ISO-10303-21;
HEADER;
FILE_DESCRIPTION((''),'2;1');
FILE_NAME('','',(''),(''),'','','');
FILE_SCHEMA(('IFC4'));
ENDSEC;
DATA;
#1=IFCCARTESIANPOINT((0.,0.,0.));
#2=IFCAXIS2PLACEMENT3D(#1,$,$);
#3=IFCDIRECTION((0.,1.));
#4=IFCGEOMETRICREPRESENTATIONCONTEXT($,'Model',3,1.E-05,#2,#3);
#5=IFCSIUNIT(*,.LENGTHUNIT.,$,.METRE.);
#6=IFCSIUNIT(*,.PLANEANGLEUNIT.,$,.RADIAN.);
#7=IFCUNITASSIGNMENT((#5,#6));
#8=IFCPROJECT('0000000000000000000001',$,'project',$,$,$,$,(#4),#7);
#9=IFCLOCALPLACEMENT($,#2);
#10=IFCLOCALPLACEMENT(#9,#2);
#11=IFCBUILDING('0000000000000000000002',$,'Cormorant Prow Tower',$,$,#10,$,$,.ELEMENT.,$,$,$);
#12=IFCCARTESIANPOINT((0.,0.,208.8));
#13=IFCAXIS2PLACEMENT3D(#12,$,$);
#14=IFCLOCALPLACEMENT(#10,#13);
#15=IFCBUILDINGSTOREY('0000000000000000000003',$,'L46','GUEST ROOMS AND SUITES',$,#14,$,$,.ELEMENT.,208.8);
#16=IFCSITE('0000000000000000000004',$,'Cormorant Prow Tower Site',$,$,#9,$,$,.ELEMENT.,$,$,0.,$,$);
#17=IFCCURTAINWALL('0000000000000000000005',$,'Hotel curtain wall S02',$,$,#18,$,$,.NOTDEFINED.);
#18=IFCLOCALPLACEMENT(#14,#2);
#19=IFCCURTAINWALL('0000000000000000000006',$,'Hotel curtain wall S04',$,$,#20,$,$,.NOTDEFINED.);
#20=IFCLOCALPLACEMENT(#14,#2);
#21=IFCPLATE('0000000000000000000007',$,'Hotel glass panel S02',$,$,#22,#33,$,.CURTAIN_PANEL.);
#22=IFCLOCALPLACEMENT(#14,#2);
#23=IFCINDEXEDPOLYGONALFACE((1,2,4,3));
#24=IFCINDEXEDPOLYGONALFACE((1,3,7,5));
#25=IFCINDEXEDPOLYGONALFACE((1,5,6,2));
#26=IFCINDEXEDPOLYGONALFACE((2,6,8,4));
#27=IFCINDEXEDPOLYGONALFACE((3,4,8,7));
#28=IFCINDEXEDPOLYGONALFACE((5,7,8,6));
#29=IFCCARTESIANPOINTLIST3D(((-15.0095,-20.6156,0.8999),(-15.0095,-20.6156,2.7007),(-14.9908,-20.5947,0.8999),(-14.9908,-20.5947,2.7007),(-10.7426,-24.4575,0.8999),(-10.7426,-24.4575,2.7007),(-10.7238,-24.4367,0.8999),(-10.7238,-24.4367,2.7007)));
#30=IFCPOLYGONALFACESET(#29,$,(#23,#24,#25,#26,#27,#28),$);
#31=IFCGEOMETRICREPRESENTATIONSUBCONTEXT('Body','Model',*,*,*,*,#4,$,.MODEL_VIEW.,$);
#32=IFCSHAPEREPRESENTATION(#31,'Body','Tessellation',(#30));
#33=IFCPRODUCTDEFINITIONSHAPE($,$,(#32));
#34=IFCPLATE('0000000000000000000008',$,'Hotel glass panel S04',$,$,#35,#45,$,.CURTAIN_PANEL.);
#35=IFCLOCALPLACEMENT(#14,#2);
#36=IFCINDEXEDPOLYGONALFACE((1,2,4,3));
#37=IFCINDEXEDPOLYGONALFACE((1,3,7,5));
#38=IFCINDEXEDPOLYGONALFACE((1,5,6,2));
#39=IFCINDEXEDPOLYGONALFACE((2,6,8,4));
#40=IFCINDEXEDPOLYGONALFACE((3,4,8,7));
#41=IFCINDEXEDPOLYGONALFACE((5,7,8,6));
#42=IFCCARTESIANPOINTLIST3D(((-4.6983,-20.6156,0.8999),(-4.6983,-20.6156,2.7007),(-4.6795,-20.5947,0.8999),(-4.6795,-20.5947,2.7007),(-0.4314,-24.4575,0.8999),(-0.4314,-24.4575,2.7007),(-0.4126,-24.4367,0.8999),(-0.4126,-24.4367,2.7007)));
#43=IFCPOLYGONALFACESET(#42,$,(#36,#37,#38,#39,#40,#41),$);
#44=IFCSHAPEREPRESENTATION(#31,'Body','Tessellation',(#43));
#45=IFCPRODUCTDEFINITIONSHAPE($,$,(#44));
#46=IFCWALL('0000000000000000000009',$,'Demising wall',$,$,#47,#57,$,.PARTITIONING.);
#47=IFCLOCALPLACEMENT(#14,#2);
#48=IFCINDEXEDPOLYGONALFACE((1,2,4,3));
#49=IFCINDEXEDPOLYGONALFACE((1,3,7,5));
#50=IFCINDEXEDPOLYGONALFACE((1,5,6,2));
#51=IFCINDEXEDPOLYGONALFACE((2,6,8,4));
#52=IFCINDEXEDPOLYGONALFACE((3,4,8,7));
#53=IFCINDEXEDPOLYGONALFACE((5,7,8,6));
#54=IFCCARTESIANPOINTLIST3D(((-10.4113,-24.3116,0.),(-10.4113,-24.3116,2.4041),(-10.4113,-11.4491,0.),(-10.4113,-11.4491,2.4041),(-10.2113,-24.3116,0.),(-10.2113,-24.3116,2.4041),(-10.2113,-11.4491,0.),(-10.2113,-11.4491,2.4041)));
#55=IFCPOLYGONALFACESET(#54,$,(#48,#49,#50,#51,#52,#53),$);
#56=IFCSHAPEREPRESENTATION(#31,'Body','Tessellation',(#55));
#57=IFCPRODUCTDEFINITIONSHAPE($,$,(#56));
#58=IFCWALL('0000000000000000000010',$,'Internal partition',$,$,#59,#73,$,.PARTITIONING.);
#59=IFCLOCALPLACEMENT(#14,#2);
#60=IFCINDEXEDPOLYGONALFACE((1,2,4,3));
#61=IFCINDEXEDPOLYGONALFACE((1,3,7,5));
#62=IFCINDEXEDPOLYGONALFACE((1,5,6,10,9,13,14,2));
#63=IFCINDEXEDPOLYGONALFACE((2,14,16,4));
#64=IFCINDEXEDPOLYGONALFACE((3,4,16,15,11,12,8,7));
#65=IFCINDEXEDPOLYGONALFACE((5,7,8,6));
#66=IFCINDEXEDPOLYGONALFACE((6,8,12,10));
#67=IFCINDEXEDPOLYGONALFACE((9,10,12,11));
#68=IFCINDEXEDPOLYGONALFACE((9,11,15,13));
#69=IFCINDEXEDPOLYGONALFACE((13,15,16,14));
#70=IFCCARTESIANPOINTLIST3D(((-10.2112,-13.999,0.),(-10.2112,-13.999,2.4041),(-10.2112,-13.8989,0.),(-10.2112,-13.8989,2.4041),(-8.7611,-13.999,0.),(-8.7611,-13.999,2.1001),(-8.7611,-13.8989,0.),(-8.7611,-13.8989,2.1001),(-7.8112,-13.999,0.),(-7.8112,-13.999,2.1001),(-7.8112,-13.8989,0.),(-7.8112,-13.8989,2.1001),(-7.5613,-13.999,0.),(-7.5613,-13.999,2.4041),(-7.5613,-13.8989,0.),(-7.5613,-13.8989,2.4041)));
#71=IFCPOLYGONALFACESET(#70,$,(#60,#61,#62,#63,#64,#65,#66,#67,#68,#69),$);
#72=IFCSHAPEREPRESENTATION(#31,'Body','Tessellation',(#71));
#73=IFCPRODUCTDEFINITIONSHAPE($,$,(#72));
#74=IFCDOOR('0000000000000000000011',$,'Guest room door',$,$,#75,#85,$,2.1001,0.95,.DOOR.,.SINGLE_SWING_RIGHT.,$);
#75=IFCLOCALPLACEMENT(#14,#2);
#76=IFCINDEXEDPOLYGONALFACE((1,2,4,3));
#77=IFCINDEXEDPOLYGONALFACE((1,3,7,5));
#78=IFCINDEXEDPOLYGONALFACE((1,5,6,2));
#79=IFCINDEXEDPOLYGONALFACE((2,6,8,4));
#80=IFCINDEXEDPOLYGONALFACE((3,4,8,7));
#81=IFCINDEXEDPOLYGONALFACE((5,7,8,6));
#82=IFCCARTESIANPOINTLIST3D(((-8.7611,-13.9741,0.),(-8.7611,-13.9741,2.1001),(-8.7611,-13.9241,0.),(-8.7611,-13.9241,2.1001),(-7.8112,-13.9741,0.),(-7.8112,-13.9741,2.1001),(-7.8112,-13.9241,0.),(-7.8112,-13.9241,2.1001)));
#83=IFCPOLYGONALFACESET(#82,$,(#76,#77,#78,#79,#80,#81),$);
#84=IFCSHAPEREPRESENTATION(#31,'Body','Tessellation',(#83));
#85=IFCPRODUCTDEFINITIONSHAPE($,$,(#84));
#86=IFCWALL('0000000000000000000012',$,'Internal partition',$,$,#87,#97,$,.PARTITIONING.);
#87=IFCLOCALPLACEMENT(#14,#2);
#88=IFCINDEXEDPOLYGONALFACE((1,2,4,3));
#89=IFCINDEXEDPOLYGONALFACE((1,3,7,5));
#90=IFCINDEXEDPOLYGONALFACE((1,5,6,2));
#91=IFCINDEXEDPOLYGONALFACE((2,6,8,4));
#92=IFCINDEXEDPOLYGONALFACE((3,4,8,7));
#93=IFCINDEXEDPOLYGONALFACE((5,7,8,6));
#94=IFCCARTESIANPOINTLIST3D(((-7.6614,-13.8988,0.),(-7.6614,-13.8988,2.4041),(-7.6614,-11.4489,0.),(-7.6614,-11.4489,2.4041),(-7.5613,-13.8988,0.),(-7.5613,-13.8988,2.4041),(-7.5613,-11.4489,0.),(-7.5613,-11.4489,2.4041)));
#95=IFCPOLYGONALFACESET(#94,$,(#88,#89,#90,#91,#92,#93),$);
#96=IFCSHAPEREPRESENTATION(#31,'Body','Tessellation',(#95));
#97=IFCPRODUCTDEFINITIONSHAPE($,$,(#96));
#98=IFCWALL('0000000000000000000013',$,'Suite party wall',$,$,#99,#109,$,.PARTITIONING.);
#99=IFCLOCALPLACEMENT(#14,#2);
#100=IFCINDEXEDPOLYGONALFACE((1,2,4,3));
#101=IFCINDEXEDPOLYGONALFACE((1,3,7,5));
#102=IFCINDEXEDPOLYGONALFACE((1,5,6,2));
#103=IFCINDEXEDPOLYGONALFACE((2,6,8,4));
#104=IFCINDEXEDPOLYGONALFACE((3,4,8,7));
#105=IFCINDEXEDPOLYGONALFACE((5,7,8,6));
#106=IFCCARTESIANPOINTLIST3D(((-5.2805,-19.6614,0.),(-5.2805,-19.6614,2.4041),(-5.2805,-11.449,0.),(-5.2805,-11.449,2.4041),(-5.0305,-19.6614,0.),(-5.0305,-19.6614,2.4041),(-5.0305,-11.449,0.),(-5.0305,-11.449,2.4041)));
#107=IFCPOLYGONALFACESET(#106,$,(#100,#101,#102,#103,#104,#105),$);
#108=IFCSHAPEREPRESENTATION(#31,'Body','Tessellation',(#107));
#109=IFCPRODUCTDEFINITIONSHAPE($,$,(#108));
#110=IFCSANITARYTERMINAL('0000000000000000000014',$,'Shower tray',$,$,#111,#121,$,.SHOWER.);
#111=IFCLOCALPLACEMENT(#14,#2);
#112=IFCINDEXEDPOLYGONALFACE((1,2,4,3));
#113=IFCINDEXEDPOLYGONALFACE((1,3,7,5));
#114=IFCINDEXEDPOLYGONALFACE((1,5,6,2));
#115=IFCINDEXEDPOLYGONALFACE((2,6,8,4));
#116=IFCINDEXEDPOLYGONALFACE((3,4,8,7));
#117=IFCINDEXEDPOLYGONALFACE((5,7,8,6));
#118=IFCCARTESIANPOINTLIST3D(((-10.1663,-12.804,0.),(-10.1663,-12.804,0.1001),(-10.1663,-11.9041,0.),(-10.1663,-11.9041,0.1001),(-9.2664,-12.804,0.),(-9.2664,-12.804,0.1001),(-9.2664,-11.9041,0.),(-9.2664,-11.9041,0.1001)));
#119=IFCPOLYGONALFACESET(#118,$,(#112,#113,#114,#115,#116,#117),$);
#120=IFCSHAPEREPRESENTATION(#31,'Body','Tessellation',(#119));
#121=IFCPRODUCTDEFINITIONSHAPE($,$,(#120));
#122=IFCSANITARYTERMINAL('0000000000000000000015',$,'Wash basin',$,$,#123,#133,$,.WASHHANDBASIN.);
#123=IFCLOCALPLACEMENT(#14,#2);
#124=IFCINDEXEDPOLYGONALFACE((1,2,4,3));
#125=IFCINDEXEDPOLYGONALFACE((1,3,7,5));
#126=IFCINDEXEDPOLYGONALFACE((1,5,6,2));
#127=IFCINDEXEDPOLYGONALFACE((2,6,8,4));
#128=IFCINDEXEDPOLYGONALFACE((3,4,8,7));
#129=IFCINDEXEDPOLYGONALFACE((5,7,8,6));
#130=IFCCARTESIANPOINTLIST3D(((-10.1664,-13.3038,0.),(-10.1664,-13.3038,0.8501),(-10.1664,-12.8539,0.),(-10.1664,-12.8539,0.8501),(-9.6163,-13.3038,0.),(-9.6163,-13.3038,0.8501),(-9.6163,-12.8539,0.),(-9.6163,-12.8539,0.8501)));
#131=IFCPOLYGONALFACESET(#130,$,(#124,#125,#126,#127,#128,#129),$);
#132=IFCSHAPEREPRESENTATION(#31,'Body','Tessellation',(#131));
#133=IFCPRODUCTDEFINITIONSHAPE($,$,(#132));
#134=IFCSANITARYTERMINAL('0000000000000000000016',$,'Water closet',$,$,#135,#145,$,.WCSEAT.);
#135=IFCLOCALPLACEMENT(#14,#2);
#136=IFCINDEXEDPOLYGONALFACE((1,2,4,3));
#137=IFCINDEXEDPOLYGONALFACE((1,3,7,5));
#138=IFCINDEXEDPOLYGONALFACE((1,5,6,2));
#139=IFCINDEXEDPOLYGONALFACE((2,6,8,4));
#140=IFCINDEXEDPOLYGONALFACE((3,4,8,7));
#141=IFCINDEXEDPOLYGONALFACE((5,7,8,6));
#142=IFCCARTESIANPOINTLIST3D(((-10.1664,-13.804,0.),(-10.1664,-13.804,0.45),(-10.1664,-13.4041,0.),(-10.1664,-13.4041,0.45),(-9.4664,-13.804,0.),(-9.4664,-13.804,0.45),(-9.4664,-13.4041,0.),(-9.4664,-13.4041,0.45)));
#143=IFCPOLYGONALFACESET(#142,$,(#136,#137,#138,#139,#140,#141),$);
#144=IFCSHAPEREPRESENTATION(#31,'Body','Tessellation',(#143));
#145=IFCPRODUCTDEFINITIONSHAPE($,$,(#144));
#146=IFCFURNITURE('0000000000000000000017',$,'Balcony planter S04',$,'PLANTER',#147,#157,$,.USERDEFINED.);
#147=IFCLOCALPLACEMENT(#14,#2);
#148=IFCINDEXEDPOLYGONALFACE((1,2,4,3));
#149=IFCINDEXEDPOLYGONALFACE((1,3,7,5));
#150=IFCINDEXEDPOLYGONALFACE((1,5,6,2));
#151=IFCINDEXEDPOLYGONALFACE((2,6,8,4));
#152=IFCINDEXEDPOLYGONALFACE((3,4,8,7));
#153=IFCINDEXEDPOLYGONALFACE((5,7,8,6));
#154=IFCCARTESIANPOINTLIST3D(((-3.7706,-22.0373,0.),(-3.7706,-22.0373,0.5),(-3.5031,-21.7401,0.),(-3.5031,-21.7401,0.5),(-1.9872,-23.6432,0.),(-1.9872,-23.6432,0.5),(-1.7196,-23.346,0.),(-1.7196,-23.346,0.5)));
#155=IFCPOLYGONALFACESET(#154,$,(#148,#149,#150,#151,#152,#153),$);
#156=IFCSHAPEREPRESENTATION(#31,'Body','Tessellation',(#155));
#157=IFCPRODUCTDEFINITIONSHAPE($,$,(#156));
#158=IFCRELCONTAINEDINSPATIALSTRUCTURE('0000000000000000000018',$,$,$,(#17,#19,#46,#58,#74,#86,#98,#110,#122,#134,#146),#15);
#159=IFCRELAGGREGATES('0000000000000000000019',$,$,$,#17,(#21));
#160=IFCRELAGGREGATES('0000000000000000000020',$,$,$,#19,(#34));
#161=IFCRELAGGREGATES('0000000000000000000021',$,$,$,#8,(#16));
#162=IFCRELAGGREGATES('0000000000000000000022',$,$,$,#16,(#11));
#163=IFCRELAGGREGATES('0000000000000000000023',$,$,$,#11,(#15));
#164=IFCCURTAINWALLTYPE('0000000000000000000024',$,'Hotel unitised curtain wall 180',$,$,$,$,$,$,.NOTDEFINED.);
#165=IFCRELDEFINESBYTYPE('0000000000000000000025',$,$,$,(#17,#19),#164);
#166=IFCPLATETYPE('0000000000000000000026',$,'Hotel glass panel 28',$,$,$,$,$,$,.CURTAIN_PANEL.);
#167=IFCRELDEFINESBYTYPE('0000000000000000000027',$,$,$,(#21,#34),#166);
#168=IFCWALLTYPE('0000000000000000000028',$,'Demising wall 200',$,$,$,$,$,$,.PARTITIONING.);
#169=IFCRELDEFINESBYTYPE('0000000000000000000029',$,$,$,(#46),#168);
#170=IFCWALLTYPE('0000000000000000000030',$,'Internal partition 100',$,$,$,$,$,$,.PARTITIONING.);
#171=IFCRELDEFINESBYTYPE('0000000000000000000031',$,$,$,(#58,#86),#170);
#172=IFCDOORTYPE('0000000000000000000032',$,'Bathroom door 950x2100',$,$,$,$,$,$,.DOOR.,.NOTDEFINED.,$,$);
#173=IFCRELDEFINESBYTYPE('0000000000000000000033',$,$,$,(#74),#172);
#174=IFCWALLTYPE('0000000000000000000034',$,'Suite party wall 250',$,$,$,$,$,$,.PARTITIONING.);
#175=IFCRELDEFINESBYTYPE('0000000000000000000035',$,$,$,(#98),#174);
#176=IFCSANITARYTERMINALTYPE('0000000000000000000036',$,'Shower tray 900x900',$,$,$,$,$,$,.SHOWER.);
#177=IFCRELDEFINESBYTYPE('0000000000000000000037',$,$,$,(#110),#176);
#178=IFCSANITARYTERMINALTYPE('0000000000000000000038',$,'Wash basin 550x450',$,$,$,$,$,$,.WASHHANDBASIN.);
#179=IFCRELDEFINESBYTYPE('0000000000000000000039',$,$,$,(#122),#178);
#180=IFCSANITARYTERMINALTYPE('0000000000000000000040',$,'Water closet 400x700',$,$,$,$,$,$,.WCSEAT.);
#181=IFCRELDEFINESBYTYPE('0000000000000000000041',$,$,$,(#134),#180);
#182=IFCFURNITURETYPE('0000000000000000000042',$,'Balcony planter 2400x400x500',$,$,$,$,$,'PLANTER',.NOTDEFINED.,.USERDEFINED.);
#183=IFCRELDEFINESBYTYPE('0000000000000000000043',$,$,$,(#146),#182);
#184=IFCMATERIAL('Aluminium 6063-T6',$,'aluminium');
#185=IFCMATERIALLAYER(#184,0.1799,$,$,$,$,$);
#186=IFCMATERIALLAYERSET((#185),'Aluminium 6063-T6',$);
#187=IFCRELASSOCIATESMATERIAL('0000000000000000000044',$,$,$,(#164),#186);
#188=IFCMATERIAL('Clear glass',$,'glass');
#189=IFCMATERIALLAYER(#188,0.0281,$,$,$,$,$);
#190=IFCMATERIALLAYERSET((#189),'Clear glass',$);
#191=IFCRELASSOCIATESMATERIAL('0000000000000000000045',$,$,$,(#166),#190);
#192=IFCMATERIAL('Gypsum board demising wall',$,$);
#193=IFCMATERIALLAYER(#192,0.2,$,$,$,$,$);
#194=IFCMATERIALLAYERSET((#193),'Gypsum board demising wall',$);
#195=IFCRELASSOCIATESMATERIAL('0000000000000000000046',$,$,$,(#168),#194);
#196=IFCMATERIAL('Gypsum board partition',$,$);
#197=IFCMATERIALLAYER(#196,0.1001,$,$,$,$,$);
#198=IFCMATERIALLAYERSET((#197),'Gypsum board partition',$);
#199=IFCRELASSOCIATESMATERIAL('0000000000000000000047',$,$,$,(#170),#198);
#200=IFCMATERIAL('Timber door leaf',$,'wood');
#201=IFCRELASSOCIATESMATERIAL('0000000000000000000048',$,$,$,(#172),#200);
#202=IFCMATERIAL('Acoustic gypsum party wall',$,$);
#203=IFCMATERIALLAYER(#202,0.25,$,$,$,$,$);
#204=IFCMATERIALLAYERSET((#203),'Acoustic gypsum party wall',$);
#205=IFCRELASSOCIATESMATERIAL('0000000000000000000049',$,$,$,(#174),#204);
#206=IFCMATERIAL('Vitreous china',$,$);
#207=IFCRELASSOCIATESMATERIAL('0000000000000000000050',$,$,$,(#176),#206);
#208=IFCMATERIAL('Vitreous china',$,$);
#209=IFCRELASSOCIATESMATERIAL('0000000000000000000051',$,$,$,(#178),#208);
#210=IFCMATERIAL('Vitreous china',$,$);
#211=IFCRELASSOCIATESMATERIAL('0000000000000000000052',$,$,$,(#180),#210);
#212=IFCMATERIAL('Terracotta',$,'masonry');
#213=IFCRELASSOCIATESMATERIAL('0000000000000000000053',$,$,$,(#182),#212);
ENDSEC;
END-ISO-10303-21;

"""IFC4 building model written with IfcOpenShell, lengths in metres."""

from ifc_helpers import new_model, si_unit, direction, frame, frame_2d, origin, origin_2d, place, context, subcontext, project, spatial, rectangle, extrude, material, layer, layer_set, type_object, element, fill, aggregate, save


model = new_model("IFC4")

# Units and contexts
model_context = context("Model", 3, precision=1e-05, world=origin(), true_north=direction((0.0, 1.0)))
body_context = subcontext(model_context, "Body", "Model", "MODEL_VIEW")
ifc_project = project(units=[si_unit("LENGTHUNIT", "METRE"), si_unit("PLANEANGLEUNIT", "RADIAN")], contexts=[model_context])

# Site, building, storey
site_placement = place(None, origin())
site = spatial("IfcSite", under=ifc_project, at=site_placement, Name="Cormorant Prow Tower Site", CompositionType="ELEMENT", RefElevation=0.0)
building_placement = place(site_placement, origin())
building = spatial("IfcBuilding", under=site, at=building_placement, Name="Cormorant Prow Tower", CompositionType="ELEMENT")
storey_placement = place(building_placement, frame((0.0, 0.0, 208.8)))
storey = spatial("IfcBuildingStorey", under=building, at=storey_placement, Name="L46", Description="GUEST ROOMS AND SUITES", CompositionType="ELEMENT", Elevation=208.8)

# Curtain walls
ifc_material_1 = material(Name="Aluminium 6063-T6", Category="aluminium")
ifc_layer_1 = layer(ifc_material_1, 0.1799)
ifc_layer_set_1 = layer_set([ifc_layer_1], Name="Aluminium 6063-T6")
curtain_wall_type = type_object("IfcCurtainWallType", Name="Hotel unitised curtain wall 180", PredefinedType="NOTDEFINED", material=ifc_layer_set_1)
curtain_wall_1_placement = place(storey_placement, origin())
curtain_wall_1 = element("IfcCurtainWall", 1, at=curtain_wall_1_placement, inside=storey, type_object=curtain_wall_type, Name="Hotel curtain wall S02", PredefinedType="NOTDEFINED")
curtain_wall_2_placement = place(storey_placement, origin())
curtain_wall_2 = element("IfcCurtainWall", 2, at=curtain_wall_2_placement, inside=storey, type_object=curtain_wall_type, Name="Hotel curtain wall S04", PredefinedType="NOTDEFINED")

# Plates
ifc_material_2 = material(Name="Clear glass", Category="glass")
ifc_layer_2 = layer(ifc_material_2, 0.0281)
ifc_layer_set_2 = layer_set([ifc_layer_2], Name="Clear glass")
plate_type = type_object("IfcPlateType", Name="Hotel glass panel 28", PredefinedType="CURTAIN_PANEL", material=ifc_layer_set_2)
plate_1_placement = place(storey_placement, frame((-12.8667, -22.5261, 0.8999), z_axis=(0.0, 0.0, 1.0), x_axis=(0.743145, -0.669131, 0.0)))
plate_1 = element("IfcPlate", 3, at=plate_1_placement, type_object=plate_type, Name="Hotel glass panel S02", PredefinedType="CURTAIN_PANEL", context=body_context, shape_type="SweptSolid", body=[
    extrude(rectangle(XDim=5.7417, YDim=0.0281, at=origin_2d()), origin(), (0.0, 0.0, 1.0), 1.8008),
])
aggregate(curtain_wall_1, [plate_1])
plate_2_placement = place(storey_placement, frame((-2.5554, -22.5261, 0.8999), z_axis=(0.0, 0.0, 1.0), x_axis=(0.743145, -0.669131, 0.0)))
plate_2 = element("IfcPlate", 4, at=plate_2_placement, type_object=plate_type, Name="Hotel glass panel S04", PredefinedType="CURTAIN_PANEL", context=body_context, shape_type="SweptSolid", body=[
    extrude(rectangle(XDim=5.7417, YDim=0.0281, at=origin_2d()), origin(), (0.0, 0.0, 1.0), 1.8008),
])
aggregate(curtain_wall_2, [plate_2])

# Wall
ifc_material_3 = material(Name="Gypsum board demising wall")
ifc_layer_3 = layer(ifc_material_3, 0.2)
ifc_layer_set_3 = layer_set([ifc_layer_3], Name="Gypsum board demising wall")
wall_type_1 = type_object("IfcWallType", Name="Demising wall 200", PredefinedType="PARTITIONING", material=ifc_layer_set_3)
wall_1_placement = place(storey_placement, frame((-10.3113, -24.3115, 0.0), z_axis=(0.0, 0.0, 1.0), x_axis=(0.0, 1.0, 0.0)))
element("IfcWall", 5, at=wall_1_placement, inside=storey, type_object=wall_type_1, Name="Demising wall", PredefinedType="PARTITIONING", context=body_context, shape_type="SweptSolid", body=[
    extrude(rectangle(XDim=12.8625, YDim=0.2, at=frame_2d((6.4312, 0.0))), origin(), (0.0, 0.0, 1.0), 2.4041),
])

# Wall, opening, door
ifc_material_4 = material(Name="Gypsum board partition")
ifc_layer_4 = layer(ifc_material_4, 0.1001)
ifc_layer_set_4 = layer_set([ifc_layer_4], Name="Gypsum board partition")
wall_type_2 = type_object("IfcWallType", Name="Internal partition 100", PredefinedType="PARTITIONING", material=ifc_layer_set_4)
wall_2_placement = place(storey_placement, frame((-10.2112, -13.949, 0.0), z_axis=(0.0, 0.0, 1.0), x_axis=(1.0, 0.0, 0.0)))
wall_2 = element("IfcWall", 6, at=wall_2_placement, inside=storey, type_object=wall_type_2, Name="Internal partition", PredefinedType="PARTITIONING", context=body_context, shape_type="SweptSolid", body=[
    extrude(rectangle(XDim=2.6499, YDim=0.1001, at=frame_2d((1.325, 0.0))), origin(), (0.0, 0.0, 1.0), 2.4041),
])
opening_1_placement = place(wall_2_placement, frame((1.45, 0.0, 0.0)))
opening_1 = element("IfcOpeningElement", 7, at=opening_1_placement, cuts=wall_2, PredefinedType="OPENING", context=body_context, shape_type="SweptSolid", body=[
    extrude(rectangle(XDim=0.95, YDim=2.1001, at=frame_2d((0.4751, 1.05))), frame((0.0, 0.0601, 0.0), z_axis=(0.0, -1.0, 0.0), x_axis=(1.0, 0.0, 0.0)), (0.0, 0.0, 1.0), 0.1201),
])
ifc_material_5 = material(Name="Timber door leaf", Category="wood")
door_type_1 = type_object("IfcDoorType", Name="Bathroom door 950x2100", OperationType="NOTDEFINED", PredefinedType="DOOR", material=ifc_material_5)
door_1_placement = place(opening_1_placement, origin())
door_1 = element("IfcDoor", 8, at=door_1_placement, inside=storey, type_object=door_type_1, Name="Guest room door", OperationType="SINGLE_SWING_RIGHT", OverallHeight=2.1001, OverallWidth=0.95, PredefinedType="DOOR", context=body_context, shape_type="SweptSolid", body=[
    extrude(rectangle(XDim=0.95, YDim=2.1001, at=frame_2d((0.4751, 1.05))), frame((0.0, 0.0249, 0.0), z_axis=(0.0, -1.0, 0.0), x_axis=(1.0, 0.0, 0.0)), (0.0, 0.0, 1.0), 0.05),
])
fill(opening_1, door_1)

# Walls
wall_3_placement = place(storey_placement, frame((-7.6113, -13.8989, 0.0), z_axis=(0.0, 0.0, 1.0), x_axis=(0.0, 1.0, 0.0)))
element("IfcWall", 9, at=wall_3_placement, inside=storey, type_object=wall_type_2, Name="Internal partition", PredefinedType="PARTITIONING", context=body_context, shape_type="SweptSolid", body=[
    extrude(rectangle(XDim=2.45, YDim=0.1001, at=frame_2d((1.2251, 0.0))), origin(), (0.0, 0.0, 1.0), 2.4041),
])
ifc_material_6 = material(Name="Acoustic gypsum party wall")
ifc_layer_5 = layer(ifc_material_6, 0.25)
ifc_layer_set_5 = layer_set([ifc_layer_5], Name="Acoustic gypsum party wall")
wall_type_3 = type_object("IfcWallType", Name="Suite party wall 250", PredefinedType="PARTITIONING", material=ifc_layer_set_5)
wall_4_placement = place(storey_placement, frame((-5.1555, -19.6614, 0.0), z_axis=(0.0, 0.0, 1.0), x_axis=(0.0, 1.0, 0.0)))
element("IfcWall", 10, at=wall_4_placement, inside=storey, type_object=wall_type_3, Name="Suite party wall", PredefinedType="PARTITIONING", context=body_context, shape_type="SweptSolid", body=[
    extrude(rectangle(XDim=8.2124, YDim=0.25, at=frame_2d((4.1062, 0.0))), origin(), (0.0, 0.0, 1.0), 2.4041),
])

# Sanitary terminals
ifc_material_7 = material(Name="Vitreous china")
sanitary_terminal_type_1 = type_object("IfcSanitaryTerminalType", Name="Shower tray 900x900", PredefinedType="SHOWER", material=ifc_material_7)
sanitary_terminal_1_placement = place(storey_placement, frame((-9.7163, -12.354, 0.0), z_axis=(0.0, 0.0, 1.0), x_axis=(1.0, 0.0, 0.0)))
element("IfcSanitaryTerminal", 11, at=sanitary_terminal_1_placement, inside=storey, type_object=sanitary_terminal_type_1, Name="Shower tray", PredefinedType="SHOWER", context=body_context, shape_type="SweptSolid", body=[
    extrude(rectangle(XDim=0.8999, YDim=0.8999, at=origin_2d()), origin(), (0.0, 0.0, 1.0), 0.1001),
])
ifc_material_8 = material(Name="Vitreous china")
sanitary_terminal_type_2 = type_object("IfcSanitaryTerminalType", Name="Wash basin 550x450", PredefinedType="WASHHANDBASIN", material=ifc_material_8)
sanitary_terminal_2_placement = place(storey_placement, frame((-9.8914, -13.0789, 0.0), z_axis=(0.0, 0.0, 1.0), x_axis=(1.0, 0.0, 0.0)))
element("IfcSanitaryTerminal", 12, at=sanitary_terminal_2_placement, inside=storey, type_object=sanitary_terminal_type_2, Name="Wash basin", PredefinedType="WASHHANDBASIN", context=body_context, shape_type="SweptSolid", body=[
    extrude(rectangle(XDim=0.55, YDim=0.45, at=origin_2d()), origin(), (0.0, 0.0, 1.0), 0.8501),
])
ifc_material_9 = material(Name="Vitreous china")
sanitary_terminal_type_3 = type_object("IfcSanitaryTerminalType", Name="Water closet 400x700", PredefinedType="WCSEAT", material=ifc_material_9)
sanitary_terminal_3_placement = place(storey_placement, frame((-9.8164, -13.604, 0.0), z_axis=(0.0, 0.0, 1.0), x_axis=(0.0, 1.0, 0.0)))
element("IfcSanitaryTerminal", 13, at=sanitary_terminal_3_placement, inside=storey, type_object=sanitary_terminal_type_3, Name="Water closet", PredefinedType="WCSEAT", context=body_context, shape_type="SweptSolid", body=[
    extrude(rectangle(XDim=0.3999, YDim=0.7, at=origin_2d()), origin(), (0.0, 0.0, 1.0), 0.45),
])

# Furniture
ifc_material_10 = material(Name="Terracotta", Category="masonry")
furniture_type = type_object("IfcFurnitureType", Name="Balcony planter 2400x400x500", ElementType="PLANTER", AssemblyPlace="NOTDEFINED", PredefinedType="USERDEFINED", material=ifc_material_10)
furniture_placement = place(storey_placement, frame((-2.7451, -22.6917, 0.0), z_axis=(0.0, 0.0, 1.0), x_axis=(0.743145, -0.669131, 0.0)))
element("IfcFurniture", 14, at=furniture_placement, inside=storey, type_object=furniture_type, Name="Balcony planter S04", ObjectType="PLANTER", PredefinedType="USERDEFINED", context=body_context, shape_type="SweptSolid", body=[
    extrude(rectangle(XDim=2.3999, YDim=0.3999, at=origin_2d()), origin(), (0.0, 0.0, 1.0), 0.5),
])

save(model, "model.ifc")
